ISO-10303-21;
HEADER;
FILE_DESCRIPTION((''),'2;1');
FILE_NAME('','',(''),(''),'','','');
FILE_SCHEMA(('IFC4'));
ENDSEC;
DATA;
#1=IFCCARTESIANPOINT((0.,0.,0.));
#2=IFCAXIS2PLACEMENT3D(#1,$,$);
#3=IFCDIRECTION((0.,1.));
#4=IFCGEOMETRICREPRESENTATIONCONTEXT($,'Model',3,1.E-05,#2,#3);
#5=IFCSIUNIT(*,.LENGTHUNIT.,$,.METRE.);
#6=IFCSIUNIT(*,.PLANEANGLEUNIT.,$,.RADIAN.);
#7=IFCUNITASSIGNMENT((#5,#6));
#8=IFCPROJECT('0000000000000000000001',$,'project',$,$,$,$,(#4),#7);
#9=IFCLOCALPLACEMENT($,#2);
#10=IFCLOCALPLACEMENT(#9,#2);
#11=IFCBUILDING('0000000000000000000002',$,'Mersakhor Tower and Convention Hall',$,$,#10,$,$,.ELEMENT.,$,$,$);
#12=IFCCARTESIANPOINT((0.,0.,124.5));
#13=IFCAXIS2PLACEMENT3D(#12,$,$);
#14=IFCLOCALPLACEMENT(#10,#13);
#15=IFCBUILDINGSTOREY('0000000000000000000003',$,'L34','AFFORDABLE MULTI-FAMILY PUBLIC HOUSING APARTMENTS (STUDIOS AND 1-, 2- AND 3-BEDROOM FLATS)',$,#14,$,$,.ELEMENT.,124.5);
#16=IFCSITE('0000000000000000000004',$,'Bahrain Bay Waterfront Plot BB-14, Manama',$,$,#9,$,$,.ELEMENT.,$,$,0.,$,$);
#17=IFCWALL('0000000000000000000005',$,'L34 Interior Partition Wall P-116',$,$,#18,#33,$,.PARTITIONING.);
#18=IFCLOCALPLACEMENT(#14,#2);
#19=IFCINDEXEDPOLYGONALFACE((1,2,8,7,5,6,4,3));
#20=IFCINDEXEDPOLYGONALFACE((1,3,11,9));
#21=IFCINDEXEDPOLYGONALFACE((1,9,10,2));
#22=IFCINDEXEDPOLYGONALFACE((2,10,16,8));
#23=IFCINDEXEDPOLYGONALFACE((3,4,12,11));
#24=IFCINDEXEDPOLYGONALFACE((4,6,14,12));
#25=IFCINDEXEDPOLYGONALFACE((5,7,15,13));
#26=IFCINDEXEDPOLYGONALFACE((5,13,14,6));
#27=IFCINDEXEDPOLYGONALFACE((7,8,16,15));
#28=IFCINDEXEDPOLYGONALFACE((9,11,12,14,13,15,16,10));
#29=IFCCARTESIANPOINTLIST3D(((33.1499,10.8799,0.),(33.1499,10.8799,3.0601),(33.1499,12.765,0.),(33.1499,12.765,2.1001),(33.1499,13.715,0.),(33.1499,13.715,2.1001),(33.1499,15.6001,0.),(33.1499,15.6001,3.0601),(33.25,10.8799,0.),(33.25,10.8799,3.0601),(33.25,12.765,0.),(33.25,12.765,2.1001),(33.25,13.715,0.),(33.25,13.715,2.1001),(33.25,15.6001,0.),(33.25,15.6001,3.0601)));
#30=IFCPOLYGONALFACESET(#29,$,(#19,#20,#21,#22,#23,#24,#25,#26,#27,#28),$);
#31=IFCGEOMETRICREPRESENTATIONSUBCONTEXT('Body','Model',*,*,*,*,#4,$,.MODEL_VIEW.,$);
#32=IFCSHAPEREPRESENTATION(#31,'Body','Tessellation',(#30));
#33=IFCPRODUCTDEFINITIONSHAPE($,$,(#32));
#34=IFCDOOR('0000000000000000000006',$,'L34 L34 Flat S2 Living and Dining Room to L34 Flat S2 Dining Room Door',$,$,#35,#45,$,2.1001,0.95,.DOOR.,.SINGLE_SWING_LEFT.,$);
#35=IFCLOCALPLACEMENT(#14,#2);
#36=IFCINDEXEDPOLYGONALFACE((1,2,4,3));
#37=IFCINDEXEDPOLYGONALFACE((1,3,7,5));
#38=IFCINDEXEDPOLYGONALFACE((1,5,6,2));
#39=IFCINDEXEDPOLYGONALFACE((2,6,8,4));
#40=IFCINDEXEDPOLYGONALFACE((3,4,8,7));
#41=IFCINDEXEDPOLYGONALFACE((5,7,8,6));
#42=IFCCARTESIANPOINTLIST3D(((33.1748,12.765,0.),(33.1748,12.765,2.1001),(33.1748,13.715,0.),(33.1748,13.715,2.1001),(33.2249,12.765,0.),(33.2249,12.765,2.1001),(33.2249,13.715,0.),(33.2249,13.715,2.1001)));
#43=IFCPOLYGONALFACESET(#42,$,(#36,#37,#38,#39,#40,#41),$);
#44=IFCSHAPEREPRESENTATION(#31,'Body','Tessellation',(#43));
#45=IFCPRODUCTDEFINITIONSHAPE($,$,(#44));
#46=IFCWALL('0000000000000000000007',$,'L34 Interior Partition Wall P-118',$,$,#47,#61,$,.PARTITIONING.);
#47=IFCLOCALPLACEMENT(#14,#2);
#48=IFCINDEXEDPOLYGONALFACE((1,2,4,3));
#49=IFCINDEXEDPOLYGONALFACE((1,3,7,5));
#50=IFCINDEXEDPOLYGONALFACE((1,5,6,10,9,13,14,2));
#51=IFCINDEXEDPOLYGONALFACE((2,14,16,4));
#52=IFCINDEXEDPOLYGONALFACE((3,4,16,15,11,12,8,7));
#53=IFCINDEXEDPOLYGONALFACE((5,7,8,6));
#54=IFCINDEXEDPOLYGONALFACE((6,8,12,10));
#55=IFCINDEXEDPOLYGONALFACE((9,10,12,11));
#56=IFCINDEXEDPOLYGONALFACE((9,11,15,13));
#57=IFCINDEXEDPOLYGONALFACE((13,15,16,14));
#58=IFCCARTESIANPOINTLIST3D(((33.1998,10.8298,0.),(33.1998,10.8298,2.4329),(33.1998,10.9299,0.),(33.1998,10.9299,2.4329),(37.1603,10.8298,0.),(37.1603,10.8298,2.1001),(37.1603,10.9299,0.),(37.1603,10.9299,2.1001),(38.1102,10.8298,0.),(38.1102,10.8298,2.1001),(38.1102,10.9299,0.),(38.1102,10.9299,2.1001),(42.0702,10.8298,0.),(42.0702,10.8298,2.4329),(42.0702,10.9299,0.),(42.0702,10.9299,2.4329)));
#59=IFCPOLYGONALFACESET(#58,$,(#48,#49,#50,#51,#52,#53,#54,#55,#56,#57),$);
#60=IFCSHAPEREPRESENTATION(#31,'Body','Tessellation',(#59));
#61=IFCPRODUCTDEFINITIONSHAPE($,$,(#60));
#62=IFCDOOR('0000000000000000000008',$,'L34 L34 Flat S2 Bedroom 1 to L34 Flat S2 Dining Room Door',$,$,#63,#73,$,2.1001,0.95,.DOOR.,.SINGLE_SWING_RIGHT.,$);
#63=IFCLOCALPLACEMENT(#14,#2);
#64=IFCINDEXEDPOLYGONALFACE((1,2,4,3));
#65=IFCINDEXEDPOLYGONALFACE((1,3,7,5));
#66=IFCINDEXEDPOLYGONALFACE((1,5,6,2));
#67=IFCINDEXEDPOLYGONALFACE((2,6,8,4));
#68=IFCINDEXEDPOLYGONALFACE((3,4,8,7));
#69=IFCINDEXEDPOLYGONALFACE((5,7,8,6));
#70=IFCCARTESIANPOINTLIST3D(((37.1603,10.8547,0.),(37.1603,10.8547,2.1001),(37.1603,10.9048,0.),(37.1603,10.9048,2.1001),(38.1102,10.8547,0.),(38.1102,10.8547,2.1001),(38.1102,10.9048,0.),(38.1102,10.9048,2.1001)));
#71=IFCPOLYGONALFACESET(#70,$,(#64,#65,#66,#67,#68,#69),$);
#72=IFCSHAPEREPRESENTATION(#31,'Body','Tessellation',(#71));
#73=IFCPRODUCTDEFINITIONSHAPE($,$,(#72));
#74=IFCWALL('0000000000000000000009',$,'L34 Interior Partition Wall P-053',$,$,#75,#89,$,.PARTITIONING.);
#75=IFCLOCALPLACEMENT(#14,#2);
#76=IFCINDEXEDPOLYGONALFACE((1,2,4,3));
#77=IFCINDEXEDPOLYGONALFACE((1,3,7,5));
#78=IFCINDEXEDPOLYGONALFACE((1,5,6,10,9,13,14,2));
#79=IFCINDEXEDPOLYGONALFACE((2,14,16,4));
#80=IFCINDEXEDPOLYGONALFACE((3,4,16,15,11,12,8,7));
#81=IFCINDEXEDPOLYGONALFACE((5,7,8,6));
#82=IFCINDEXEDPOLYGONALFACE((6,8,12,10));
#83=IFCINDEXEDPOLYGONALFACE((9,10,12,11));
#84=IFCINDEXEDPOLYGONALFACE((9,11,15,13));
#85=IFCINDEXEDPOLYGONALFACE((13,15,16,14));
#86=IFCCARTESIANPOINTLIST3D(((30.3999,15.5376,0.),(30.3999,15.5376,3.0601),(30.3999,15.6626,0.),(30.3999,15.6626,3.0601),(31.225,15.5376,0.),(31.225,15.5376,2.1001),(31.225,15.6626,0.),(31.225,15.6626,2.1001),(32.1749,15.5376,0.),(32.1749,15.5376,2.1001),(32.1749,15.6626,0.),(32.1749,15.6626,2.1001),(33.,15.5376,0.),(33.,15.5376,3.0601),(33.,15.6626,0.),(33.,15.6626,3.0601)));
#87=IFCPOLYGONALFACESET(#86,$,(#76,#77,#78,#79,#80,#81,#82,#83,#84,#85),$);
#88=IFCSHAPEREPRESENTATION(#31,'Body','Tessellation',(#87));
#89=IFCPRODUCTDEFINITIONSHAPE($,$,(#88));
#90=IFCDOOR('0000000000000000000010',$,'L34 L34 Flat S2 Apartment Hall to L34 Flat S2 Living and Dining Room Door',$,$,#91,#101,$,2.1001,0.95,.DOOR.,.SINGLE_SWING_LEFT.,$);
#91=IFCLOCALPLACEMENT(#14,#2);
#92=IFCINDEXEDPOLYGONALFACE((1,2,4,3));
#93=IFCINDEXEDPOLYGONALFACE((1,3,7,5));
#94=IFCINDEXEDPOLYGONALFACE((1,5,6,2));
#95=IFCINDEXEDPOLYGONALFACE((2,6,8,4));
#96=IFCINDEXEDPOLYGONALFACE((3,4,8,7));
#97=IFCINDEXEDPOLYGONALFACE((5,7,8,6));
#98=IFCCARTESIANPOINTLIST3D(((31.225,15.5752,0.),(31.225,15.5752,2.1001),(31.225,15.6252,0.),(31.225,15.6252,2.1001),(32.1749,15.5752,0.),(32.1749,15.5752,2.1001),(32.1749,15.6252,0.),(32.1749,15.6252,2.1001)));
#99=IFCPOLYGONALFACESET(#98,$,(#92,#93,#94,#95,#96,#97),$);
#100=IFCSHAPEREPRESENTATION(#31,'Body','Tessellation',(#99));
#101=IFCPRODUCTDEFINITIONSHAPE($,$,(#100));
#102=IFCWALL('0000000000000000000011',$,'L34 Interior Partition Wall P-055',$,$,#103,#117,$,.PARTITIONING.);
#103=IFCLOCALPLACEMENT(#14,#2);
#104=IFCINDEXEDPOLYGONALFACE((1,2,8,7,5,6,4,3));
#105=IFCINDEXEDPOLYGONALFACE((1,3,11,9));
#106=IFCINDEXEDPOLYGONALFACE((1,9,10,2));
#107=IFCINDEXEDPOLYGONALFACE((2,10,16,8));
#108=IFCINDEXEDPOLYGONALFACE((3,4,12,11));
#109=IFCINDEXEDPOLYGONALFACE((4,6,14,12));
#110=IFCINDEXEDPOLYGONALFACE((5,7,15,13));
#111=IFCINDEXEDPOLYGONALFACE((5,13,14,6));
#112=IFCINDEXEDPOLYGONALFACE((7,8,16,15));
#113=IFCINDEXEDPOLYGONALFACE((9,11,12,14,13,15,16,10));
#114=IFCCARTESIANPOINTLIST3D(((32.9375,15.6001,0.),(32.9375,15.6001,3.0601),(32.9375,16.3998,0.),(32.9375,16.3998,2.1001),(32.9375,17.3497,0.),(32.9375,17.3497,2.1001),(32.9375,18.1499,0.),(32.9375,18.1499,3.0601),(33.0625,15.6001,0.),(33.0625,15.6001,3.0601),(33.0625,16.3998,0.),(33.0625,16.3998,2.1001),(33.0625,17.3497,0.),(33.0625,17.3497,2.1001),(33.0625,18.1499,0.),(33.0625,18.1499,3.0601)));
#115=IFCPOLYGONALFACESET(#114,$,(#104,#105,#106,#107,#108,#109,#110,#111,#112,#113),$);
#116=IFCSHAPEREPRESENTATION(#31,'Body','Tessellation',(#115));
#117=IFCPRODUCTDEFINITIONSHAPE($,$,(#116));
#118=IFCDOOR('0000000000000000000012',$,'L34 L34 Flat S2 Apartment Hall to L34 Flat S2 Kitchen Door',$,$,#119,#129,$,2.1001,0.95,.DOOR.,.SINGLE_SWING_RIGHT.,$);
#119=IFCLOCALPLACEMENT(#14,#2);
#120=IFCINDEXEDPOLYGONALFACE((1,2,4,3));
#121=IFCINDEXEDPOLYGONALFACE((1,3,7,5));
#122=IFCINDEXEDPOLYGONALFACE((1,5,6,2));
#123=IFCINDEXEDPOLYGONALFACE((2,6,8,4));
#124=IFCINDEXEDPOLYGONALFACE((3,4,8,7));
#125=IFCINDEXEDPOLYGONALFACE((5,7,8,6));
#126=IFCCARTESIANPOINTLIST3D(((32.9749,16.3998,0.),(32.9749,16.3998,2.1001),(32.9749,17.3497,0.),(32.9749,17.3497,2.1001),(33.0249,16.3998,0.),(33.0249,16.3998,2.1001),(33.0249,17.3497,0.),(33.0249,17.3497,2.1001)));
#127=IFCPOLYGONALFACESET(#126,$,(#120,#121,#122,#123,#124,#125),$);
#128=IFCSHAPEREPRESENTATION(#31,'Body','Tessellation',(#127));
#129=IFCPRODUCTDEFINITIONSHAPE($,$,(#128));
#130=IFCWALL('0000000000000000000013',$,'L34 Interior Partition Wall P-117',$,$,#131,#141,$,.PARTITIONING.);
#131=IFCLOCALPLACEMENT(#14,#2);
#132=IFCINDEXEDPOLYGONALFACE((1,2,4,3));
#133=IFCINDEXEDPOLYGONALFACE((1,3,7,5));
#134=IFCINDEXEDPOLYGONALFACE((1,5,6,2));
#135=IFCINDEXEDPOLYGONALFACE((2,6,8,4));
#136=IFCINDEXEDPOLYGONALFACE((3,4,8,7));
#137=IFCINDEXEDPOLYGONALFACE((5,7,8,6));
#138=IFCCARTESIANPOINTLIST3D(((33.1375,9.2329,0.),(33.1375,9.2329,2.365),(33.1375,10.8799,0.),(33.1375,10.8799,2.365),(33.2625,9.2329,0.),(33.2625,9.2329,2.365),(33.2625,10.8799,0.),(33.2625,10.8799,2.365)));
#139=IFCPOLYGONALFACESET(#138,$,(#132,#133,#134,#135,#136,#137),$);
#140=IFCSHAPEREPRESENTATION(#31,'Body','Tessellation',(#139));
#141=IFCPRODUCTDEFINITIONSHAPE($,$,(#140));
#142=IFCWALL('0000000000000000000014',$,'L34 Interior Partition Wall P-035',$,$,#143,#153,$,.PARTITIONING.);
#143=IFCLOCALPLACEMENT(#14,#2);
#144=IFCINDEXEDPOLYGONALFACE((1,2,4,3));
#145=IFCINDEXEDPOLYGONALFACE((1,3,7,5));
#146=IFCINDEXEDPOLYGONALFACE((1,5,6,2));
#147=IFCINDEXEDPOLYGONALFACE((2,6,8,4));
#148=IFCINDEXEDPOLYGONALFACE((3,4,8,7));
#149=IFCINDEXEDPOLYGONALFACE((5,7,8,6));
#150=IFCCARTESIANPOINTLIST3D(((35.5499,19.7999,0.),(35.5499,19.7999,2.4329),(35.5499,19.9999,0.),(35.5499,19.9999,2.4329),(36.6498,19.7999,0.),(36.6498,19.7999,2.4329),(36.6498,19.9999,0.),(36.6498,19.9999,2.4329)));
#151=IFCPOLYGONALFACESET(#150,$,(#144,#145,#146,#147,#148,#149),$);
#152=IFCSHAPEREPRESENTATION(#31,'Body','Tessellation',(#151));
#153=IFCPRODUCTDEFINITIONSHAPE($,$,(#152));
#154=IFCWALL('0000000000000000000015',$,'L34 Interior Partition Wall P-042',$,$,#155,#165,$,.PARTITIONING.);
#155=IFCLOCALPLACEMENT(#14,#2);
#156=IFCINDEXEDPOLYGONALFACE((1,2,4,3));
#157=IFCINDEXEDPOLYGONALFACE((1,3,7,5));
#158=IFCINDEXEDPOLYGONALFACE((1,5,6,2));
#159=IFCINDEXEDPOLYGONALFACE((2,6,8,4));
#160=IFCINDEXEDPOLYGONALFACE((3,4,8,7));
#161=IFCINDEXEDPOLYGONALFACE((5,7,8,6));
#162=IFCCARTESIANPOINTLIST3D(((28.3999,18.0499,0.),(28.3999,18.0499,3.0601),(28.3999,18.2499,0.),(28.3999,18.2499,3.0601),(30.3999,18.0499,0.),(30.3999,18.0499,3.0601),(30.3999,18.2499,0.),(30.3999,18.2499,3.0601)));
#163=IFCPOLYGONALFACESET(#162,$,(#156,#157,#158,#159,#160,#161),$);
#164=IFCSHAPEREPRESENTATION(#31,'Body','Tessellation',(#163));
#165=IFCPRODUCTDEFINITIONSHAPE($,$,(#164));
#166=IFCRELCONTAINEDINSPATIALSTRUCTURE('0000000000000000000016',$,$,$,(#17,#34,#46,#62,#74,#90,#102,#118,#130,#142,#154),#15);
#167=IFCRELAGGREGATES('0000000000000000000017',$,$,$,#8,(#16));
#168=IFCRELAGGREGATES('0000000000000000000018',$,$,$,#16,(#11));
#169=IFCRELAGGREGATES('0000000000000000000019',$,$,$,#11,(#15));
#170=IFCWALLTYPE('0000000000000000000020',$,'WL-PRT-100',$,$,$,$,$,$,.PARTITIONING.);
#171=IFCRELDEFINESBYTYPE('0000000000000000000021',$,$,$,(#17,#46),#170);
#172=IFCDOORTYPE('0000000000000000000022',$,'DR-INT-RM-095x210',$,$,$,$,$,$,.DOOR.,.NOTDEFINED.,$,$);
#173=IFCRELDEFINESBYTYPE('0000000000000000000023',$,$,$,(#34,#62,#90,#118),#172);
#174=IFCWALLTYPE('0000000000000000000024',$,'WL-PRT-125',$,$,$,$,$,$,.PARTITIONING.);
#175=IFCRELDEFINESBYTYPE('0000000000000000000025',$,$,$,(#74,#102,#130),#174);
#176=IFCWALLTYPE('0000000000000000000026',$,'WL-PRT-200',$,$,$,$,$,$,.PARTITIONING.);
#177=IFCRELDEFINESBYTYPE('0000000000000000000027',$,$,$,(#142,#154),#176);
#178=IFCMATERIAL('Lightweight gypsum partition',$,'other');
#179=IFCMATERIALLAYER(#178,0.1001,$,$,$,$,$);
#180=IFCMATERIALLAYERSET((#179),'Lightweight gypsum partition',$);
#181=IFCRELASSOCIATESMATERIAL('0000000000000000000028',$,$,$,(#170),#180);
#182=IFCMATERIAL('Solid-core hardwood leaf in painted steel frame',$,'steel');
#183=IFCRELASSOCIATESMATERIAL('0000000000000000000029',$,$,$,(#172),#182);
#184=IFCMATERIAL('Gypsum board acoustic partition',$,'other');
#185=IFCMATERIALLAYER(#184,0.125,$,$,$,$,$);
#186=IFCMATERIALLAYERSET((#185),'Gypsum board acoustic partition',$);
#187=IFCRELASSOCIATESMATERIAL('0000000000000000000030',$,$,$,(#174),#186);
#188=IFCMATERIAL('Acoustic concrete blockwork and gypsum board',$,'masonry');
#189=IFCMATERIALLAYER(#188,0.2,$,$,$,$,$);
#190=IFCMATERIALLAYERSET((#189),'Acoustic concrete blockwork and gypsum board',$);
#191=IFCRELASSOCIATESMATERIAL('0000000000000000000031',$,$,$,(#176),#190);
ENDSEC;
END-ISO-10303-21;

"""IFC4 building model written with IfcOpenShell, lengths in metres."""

from ifc_helpers import new_model, si_unit, direction, frame, frame_2d, origin, place, context, subcontext, project, spatial, rectangle, extrude, material, layer, layer_set, type_object, element, fill, save


model = new_model("IFC4")

# Units and contexts
model_context = context("Model", 3, precision=1e-05, world=origin(), true_north=direction((0.0, 1.0)))
body_context = subcontext(model_context, "Body", "Model", "MODEL_VIEW")
ifc_project = project(units=[si_unit("LENGTHUNIT", "METRE"), si_unit("PLANEANGLEUNIT", "RADIAN")], contexts=[model_context])

# Site, building, storey
site_placement = place(None, origin())
site = spatial("IfcSite", under=ifc_project, at=site_placement, Name="Bahrain Bay Waterfront Plot BB-14, Manama", CompositionType="ELEMENT", RefElevation=0.0)
building_placement = place(site_placement, origin())
building = spatial("IfcBuilding", under=site, at=building_placement, Name="Mersakhor Tower and Convention Hall", CompositionType="ELEMENT")
storey_placement = place(building_placement, frame((0.0, 0.0, 124.5)))
storey = spatial("IfcBuildingStorey", under=building, at=storey_placement, Name="L34", Description="AFFORDABLE MULTI-FAMILY PUBLIC HOUSING APARTMENTS (STUDIOS AND 1-, 2- AND 3-BEDROOM FLATS)", CompositionType="ELEMENT", Elevation=124.5)

# Shared definitions
ifc_material_1 = material(Name="Lightweight gypsum partition", Category="other")
ifc_layer_1 = layer(ifc_material_1, 0.1001)
ifc_layer_set_1 = layer_set([ifc_layer_1], Name="Lightweight gypsum partition")
wall_type_1 = type_object("IfcWallType", Name="WL-PRT-100", PredefinedType="PARTITIONING", material=ifc_layer_set_1)

# Walls, openings, doors
wall_1_placement = place(storey_placement, frame((33.2, 15.6001, 0.0), z_axis=(0.0, 0.0, 1.0), x_axis=(0.0, -1.0, 0.0)))
wall_1 = element("IfcWall", 1, at=wall_1_placement, inside=storey, type_object=wall_type_1, Name="L34 Interior Partition Wall P-116", PredefinedType="PARTITIONING", context=body_context, shape_type="SweptSolid", body=[
    extrude(rectangle(XDim=4.7202, YDim=0.1001, at=frame_2d((2.3601, 0.0))), origin(), (0.0, 0.0, 1.0), 3.0601),
])
opening_1_placement = place(wall_1_placement, frame((1.885, 0.0, 0.0)))
opening_1 = element("IfcOpeningElement", 2, at=opening_1_placement, cuts=wall_1, PredefinedType="OPENING", context=body_context, shape_type="SweptSolid", body=[
    extrude(rectangle(XDim=0.95, YDim=2.1001, at=frame_2d((0.4751, 1.05))), frame((0.0, 0.0601, 0.0), z_axis=(0.0, -1.0, 0.0), x_axis=(1.0, 0.0, 0.0)), (0.0, 0.0, 1.0), 0.1201),
])
ifc_material_2 = material(Name="Solid-core hardwood leaf in painted steel frame", Category="steel")
door_type_1 = type_object("IfcDoorType", Name="DR-INT-RM-095x210", OperationType="NOTDEFINED", PredefinedType="DOOR", material=ifc_material_2)
door_1_placement = place(opening_1_placement, origin())
door_1 = element("IfcDoor", 3, at=door_1_placement, inside=storey, type_object=door_type_1, Name="L34 L34 Flat S2 Living and Dining Room to L34 Flat S2 Dining Room Door", OperationType="SINGLE_SWING_LEFT", OverallHeight=2.1001, OverallWidth=0.95, PredefinedType="DOOR", context=body_context, shape_type="SweptSolid", body=[
    extrude(rectangle(XDim=0.95, YDim=2.1001, at=frame_2d((0.4751, 1.05))), frame((0.0, 0.0249, 0.0), z_axis=(0.0, -1.0, 0.0), x_axis=(1.0, 0.0, 0.0)), (0.0, 0.0, 1.0), 0.05),
])
fill(opening_1, door_1)
wall_2_placement = place(storey_placement, frame((33.2, 10.8799, 0.0), z_axis=(0.0, 0.0, 1.0), x_axis=(1.0, 0.0, 0.0)))
wall_2 = element("IfcWall", 4, at=wall_2_placement, inside=storey, type_object=wall_type_1, Name="L34 Interior Partition Wall P-118", PredefinedType="PARTITIONING", context=body_context, shape_type="SweptSolid", body=[
    extrude(rectangle(XDim=8.8704, YDim=0.1001, at=frame_2d((4.4351, 0.0))), origin(), (0.0, 0.0, 1.0), 2.4329),
])
opening_2_placement = place(wall_2_placement, frame((3.9602, 0.0, 0.0)))
opening_2 = element("IfcOpeningElement", 5, at=opening_2_placement, cuts=wall_2, PredefinedType="OPENING", context=body_context, shape_type="SweptSolid", body=[
    extrude(rectangle(XDim=0.95, YDim=2.1001, at=frame_2d((0.4751, 1.05))), frame((0.0, 0.0601, 0.0), z_axis=(0.0, -1.0, 0.0), x_axis=(1.0, 0.0, 0.0)), (0.0, 0.0, 1.0), 0.1201),
])
door_2_placement = place(opening_2_placement, origin())
door_2 = element("IfcDoor", 6, at=door_2_placement, inside=storey, type_object=door_type_1, Name="L34 L34 Flat S2 Bedroom 1 to L34 Flat S2 Dining Room Door", OperationType="SINGLE_SWING_RIGHT", OverallHeight=2.1001, OverallWidth=0.95, PredefinedType="DOOR", context=body_context, shape_type="SweptSolid", body=[
    extrude(rectangle(XDim=0.95, YDim=2.1001, at=frame_2d((0.4751, 1.05))), frame((0.0, 0.0249, 0.0), z_axis=(0.0, -1.0, 0.0), x_axis=(1.0, 0.0, 0.0)), (0.0, 0.0, 1.0), 0.05),
])
fill(opening_2, door_2)
ifc_material_3 = material(Name="Gypsum board acoustic partition", Category="other")
ifc_layer_2 = layer(ifc_material_3, 0.125)
ifc_layer_set_2 = layer_set([ifc_layer_2], Name="Gypsum board acoustic partition")
wall_type_2 = type_object("IfcWallType", Name="WL-PRT-125", PredefinedType="PARTITIONING", material=ifc_layer_set_2)
wall_3_placement = place(storey_placement, frame((33.0, 15.6001, 0.0), z_axis=(0.0, 0.0, 1.0), x_axis=(-1.0, 0.0, 0.0)))
wall_3 = element("IfcWall", 7, at=wall_3_placement, inside=storey, type_object=wall_type_2, Name="L34 Interior Partition Wall P-053", PredefinedType="PARTITIONING", context=body_context, shape_type="SweptSolid", body=[
    extrude(rectangle(XDim=2.6001, YDim=0.125, at=frame_2d((1.3, 0.0))), origin(), (0.0, 0.0, 1.0), 3.0601),
])
opening_3_placement = place(wall_3_placement, frame((0.825, 0.0, 0.0)))
opening_3 = element("IfcOpeningElement", 8, at=opening_3_placement, cuts=wall_3, PredefinedType="OPENING", context=body_context, shape_type="SweptSolid", body=[
    extrude(rectangle(XDim=0.95, YDim=2.1001, at=frame_2d((0.4751, 1.05))), frame((0.0, 0.0725, 0.0), z_axis=(0.0, -1.0, 0.0), x_axis=(1.0, 0.0, 0.0)), (0.0, 0.0, 1.0), 0.145),
])
door_3_placement = place(opening_3_placement, origin())
door_3 = element("IfcDoor", 9, at=door_3_placement, inside=storey, type_object=door_type_1, Name="L34 L34 Flat S2 Apartment Hall to L34 Flat S2 Living and Dining Room Door", OperationType="SINGLE_SWING_LEFT", OverallHeight=2.1001, OverallWidth=0.95, PredefinedType="DOOR", context=body_context, shape_type="SweptSolid", body=[
    extrude(rectangle(XDim=0.95, YDim=2.1001, at=frame_2d((0.4751, 1.05))), frame((0.0, 0.0249, 0.0), z_axis=(0.0, -1.0, 0.0), x_axis=(1.0, 0.0, 0.0)), (0.0, 0.0, 1.0), 0.05),
])
fill(opening_3, door_3)
wall_4_placement = place(storey_placement, frame((33.0, 18.1499, 0.0), z_axis=(0.0, 0.0, 1.0), x_axis=(0.0, -1.0, 0.0)))
wall_4 = element("IfcWall", 10, at=wall_4_placement, inside=storey, type_object=wall_type_2, Name="L34 Interior Partition Wall P-055", PredefinedType="PARTITIONING", context=body_context, shape_type="SweptSolid", body=[
    extrude(rectangle(XDim=2.5498, YDim=0.125, at=frame_2d((1.2749, 0.0))), origin(), (0.0, 0.0, 1.0), 3.0601),
])
opening_4_placement = place(wall_4_placement, frame((0.8, 0.0, 0.0)))
opening_4 = element("IfcOpeningElement", 11, at=opening_4_placement, cuts=wall_4, PredefinedType="OPENING", context=body_context, shape_type="SweptSolid", body=[
    extrude(rectangle(XDim=0.95, YDim=2.1001, at=frame_2d((0.4751, 1.05))), frame((0.0, 0.0725, 0.0), z_axis=(0.0, -1.0, 0.0), x_axis=(1.0, 0.0, 0.0)), (0.0, 0.0, 1.0), 0.145),
])
door_4_placement = place(opening_4_placement, origin())
door_4 = element("IfcDoor", 12, at=door_4_placement, inside=storey, type_object=door_type_1, Name="L34 L34 Flat S2 Apartment Hall to L34 Flat S2 Kitchen Door", OperationType="SINGLE_SWING_RIGHT", OverallHeight=2.1001, OverallWidth=0.95, PredefinedType="DOOR", context=body_context, shape_type="SweptSolid", body=[
    extrude(rectangle(XDim=0.95, YDim=2.1001, at=frame_2d((0.4751, 1.05))), frame((0.0, 0.0249, 0.0), z_axis=(0.0, -1.0, 0.0), x_axis=(1.0, 0.0, 0.0)), (0.0, 0.0, 1.0), 0.05),
])
fill(opening_4, door_4)

# Walls
wall_5_placement = place(storey_placement, frame((33.2, 10.8799, 0.0), z_axis=(0.0, 0.0, 1.0), x_axis=(0.0, -1.0, 0.0)))
element("IfcWall", 13, at=wall_5_placement, inside=storey, type_object=wall_type_2, Name="L34 Interior Partition Wall P-117", PredefinedType="PARTITIONING", context=body_context, shape_type="SweptSolid", body=[
    extrude(rectangle(XDim=1.647, YDim=0.125, at=frame_2d((0.8235, 0.0))), origin(), (0.0, 0.0, 1.0), 2.365),
])
ifc_material_4 = material(Name="Acoustic concrete blockwork and gypsum board", Category="masonry")
ifc_layer_3 = layer(ifc_material_4, 0.2)
ifc_layer_set_3 = layer_set([ifc_layer_3], Name="Acoustic concrete blockwork and gypsum board")
wall_type_3 = type_object("IfcWallType", Name="WL-PRT-200", PredefinedType="PARTITIONING", material=ifc_layer_set_3)
wall_6_placement = place(storey_placement, frame((35.55, 19.8999, 0.0), z_axis=(0.0, 0.0, 1.0), x_axis=(1.0, 0.0, 0.0)))
element("IfcWall", 14, at=wall_6_placement, inside=storey, type_object=wall_type_3, Name="L34 Interior Partition Wall P-035", PredefinedType="PARTITIONING", context=body_context, shape_type="SweptSolid", body=[
    extrude(rectangle(XDim=1.0999, YDim=0.2, at=frame_2d((0.5498, 0.0))), origin(), (0.0, 0.0, 1.0), 2.4329),
])

# Wall
wall_7_placement = place(storey_placement, frame((30.3999, 18.1499, 0.0), z_axis=(0.0, 0.0, 1.0), x_axis=(-1.0, 0.0, 0.0)))
element("IfcWall", 15, at=wall_7_placement, inside=storey, type_object=wall_type_3, Name="L34 Interior Partition Wall P-042", PredefinedType="PARTITIONING", context=body_context, shape_type="SweptSolid", body=[
    extrude(rectangle(XDim=2.0, YDim=0.2, at=frame_2d((1.0, 0.0))), origin(), (0.0, 0.0, 1.0), 3.0601),
])

save(model, "model.ifc")
